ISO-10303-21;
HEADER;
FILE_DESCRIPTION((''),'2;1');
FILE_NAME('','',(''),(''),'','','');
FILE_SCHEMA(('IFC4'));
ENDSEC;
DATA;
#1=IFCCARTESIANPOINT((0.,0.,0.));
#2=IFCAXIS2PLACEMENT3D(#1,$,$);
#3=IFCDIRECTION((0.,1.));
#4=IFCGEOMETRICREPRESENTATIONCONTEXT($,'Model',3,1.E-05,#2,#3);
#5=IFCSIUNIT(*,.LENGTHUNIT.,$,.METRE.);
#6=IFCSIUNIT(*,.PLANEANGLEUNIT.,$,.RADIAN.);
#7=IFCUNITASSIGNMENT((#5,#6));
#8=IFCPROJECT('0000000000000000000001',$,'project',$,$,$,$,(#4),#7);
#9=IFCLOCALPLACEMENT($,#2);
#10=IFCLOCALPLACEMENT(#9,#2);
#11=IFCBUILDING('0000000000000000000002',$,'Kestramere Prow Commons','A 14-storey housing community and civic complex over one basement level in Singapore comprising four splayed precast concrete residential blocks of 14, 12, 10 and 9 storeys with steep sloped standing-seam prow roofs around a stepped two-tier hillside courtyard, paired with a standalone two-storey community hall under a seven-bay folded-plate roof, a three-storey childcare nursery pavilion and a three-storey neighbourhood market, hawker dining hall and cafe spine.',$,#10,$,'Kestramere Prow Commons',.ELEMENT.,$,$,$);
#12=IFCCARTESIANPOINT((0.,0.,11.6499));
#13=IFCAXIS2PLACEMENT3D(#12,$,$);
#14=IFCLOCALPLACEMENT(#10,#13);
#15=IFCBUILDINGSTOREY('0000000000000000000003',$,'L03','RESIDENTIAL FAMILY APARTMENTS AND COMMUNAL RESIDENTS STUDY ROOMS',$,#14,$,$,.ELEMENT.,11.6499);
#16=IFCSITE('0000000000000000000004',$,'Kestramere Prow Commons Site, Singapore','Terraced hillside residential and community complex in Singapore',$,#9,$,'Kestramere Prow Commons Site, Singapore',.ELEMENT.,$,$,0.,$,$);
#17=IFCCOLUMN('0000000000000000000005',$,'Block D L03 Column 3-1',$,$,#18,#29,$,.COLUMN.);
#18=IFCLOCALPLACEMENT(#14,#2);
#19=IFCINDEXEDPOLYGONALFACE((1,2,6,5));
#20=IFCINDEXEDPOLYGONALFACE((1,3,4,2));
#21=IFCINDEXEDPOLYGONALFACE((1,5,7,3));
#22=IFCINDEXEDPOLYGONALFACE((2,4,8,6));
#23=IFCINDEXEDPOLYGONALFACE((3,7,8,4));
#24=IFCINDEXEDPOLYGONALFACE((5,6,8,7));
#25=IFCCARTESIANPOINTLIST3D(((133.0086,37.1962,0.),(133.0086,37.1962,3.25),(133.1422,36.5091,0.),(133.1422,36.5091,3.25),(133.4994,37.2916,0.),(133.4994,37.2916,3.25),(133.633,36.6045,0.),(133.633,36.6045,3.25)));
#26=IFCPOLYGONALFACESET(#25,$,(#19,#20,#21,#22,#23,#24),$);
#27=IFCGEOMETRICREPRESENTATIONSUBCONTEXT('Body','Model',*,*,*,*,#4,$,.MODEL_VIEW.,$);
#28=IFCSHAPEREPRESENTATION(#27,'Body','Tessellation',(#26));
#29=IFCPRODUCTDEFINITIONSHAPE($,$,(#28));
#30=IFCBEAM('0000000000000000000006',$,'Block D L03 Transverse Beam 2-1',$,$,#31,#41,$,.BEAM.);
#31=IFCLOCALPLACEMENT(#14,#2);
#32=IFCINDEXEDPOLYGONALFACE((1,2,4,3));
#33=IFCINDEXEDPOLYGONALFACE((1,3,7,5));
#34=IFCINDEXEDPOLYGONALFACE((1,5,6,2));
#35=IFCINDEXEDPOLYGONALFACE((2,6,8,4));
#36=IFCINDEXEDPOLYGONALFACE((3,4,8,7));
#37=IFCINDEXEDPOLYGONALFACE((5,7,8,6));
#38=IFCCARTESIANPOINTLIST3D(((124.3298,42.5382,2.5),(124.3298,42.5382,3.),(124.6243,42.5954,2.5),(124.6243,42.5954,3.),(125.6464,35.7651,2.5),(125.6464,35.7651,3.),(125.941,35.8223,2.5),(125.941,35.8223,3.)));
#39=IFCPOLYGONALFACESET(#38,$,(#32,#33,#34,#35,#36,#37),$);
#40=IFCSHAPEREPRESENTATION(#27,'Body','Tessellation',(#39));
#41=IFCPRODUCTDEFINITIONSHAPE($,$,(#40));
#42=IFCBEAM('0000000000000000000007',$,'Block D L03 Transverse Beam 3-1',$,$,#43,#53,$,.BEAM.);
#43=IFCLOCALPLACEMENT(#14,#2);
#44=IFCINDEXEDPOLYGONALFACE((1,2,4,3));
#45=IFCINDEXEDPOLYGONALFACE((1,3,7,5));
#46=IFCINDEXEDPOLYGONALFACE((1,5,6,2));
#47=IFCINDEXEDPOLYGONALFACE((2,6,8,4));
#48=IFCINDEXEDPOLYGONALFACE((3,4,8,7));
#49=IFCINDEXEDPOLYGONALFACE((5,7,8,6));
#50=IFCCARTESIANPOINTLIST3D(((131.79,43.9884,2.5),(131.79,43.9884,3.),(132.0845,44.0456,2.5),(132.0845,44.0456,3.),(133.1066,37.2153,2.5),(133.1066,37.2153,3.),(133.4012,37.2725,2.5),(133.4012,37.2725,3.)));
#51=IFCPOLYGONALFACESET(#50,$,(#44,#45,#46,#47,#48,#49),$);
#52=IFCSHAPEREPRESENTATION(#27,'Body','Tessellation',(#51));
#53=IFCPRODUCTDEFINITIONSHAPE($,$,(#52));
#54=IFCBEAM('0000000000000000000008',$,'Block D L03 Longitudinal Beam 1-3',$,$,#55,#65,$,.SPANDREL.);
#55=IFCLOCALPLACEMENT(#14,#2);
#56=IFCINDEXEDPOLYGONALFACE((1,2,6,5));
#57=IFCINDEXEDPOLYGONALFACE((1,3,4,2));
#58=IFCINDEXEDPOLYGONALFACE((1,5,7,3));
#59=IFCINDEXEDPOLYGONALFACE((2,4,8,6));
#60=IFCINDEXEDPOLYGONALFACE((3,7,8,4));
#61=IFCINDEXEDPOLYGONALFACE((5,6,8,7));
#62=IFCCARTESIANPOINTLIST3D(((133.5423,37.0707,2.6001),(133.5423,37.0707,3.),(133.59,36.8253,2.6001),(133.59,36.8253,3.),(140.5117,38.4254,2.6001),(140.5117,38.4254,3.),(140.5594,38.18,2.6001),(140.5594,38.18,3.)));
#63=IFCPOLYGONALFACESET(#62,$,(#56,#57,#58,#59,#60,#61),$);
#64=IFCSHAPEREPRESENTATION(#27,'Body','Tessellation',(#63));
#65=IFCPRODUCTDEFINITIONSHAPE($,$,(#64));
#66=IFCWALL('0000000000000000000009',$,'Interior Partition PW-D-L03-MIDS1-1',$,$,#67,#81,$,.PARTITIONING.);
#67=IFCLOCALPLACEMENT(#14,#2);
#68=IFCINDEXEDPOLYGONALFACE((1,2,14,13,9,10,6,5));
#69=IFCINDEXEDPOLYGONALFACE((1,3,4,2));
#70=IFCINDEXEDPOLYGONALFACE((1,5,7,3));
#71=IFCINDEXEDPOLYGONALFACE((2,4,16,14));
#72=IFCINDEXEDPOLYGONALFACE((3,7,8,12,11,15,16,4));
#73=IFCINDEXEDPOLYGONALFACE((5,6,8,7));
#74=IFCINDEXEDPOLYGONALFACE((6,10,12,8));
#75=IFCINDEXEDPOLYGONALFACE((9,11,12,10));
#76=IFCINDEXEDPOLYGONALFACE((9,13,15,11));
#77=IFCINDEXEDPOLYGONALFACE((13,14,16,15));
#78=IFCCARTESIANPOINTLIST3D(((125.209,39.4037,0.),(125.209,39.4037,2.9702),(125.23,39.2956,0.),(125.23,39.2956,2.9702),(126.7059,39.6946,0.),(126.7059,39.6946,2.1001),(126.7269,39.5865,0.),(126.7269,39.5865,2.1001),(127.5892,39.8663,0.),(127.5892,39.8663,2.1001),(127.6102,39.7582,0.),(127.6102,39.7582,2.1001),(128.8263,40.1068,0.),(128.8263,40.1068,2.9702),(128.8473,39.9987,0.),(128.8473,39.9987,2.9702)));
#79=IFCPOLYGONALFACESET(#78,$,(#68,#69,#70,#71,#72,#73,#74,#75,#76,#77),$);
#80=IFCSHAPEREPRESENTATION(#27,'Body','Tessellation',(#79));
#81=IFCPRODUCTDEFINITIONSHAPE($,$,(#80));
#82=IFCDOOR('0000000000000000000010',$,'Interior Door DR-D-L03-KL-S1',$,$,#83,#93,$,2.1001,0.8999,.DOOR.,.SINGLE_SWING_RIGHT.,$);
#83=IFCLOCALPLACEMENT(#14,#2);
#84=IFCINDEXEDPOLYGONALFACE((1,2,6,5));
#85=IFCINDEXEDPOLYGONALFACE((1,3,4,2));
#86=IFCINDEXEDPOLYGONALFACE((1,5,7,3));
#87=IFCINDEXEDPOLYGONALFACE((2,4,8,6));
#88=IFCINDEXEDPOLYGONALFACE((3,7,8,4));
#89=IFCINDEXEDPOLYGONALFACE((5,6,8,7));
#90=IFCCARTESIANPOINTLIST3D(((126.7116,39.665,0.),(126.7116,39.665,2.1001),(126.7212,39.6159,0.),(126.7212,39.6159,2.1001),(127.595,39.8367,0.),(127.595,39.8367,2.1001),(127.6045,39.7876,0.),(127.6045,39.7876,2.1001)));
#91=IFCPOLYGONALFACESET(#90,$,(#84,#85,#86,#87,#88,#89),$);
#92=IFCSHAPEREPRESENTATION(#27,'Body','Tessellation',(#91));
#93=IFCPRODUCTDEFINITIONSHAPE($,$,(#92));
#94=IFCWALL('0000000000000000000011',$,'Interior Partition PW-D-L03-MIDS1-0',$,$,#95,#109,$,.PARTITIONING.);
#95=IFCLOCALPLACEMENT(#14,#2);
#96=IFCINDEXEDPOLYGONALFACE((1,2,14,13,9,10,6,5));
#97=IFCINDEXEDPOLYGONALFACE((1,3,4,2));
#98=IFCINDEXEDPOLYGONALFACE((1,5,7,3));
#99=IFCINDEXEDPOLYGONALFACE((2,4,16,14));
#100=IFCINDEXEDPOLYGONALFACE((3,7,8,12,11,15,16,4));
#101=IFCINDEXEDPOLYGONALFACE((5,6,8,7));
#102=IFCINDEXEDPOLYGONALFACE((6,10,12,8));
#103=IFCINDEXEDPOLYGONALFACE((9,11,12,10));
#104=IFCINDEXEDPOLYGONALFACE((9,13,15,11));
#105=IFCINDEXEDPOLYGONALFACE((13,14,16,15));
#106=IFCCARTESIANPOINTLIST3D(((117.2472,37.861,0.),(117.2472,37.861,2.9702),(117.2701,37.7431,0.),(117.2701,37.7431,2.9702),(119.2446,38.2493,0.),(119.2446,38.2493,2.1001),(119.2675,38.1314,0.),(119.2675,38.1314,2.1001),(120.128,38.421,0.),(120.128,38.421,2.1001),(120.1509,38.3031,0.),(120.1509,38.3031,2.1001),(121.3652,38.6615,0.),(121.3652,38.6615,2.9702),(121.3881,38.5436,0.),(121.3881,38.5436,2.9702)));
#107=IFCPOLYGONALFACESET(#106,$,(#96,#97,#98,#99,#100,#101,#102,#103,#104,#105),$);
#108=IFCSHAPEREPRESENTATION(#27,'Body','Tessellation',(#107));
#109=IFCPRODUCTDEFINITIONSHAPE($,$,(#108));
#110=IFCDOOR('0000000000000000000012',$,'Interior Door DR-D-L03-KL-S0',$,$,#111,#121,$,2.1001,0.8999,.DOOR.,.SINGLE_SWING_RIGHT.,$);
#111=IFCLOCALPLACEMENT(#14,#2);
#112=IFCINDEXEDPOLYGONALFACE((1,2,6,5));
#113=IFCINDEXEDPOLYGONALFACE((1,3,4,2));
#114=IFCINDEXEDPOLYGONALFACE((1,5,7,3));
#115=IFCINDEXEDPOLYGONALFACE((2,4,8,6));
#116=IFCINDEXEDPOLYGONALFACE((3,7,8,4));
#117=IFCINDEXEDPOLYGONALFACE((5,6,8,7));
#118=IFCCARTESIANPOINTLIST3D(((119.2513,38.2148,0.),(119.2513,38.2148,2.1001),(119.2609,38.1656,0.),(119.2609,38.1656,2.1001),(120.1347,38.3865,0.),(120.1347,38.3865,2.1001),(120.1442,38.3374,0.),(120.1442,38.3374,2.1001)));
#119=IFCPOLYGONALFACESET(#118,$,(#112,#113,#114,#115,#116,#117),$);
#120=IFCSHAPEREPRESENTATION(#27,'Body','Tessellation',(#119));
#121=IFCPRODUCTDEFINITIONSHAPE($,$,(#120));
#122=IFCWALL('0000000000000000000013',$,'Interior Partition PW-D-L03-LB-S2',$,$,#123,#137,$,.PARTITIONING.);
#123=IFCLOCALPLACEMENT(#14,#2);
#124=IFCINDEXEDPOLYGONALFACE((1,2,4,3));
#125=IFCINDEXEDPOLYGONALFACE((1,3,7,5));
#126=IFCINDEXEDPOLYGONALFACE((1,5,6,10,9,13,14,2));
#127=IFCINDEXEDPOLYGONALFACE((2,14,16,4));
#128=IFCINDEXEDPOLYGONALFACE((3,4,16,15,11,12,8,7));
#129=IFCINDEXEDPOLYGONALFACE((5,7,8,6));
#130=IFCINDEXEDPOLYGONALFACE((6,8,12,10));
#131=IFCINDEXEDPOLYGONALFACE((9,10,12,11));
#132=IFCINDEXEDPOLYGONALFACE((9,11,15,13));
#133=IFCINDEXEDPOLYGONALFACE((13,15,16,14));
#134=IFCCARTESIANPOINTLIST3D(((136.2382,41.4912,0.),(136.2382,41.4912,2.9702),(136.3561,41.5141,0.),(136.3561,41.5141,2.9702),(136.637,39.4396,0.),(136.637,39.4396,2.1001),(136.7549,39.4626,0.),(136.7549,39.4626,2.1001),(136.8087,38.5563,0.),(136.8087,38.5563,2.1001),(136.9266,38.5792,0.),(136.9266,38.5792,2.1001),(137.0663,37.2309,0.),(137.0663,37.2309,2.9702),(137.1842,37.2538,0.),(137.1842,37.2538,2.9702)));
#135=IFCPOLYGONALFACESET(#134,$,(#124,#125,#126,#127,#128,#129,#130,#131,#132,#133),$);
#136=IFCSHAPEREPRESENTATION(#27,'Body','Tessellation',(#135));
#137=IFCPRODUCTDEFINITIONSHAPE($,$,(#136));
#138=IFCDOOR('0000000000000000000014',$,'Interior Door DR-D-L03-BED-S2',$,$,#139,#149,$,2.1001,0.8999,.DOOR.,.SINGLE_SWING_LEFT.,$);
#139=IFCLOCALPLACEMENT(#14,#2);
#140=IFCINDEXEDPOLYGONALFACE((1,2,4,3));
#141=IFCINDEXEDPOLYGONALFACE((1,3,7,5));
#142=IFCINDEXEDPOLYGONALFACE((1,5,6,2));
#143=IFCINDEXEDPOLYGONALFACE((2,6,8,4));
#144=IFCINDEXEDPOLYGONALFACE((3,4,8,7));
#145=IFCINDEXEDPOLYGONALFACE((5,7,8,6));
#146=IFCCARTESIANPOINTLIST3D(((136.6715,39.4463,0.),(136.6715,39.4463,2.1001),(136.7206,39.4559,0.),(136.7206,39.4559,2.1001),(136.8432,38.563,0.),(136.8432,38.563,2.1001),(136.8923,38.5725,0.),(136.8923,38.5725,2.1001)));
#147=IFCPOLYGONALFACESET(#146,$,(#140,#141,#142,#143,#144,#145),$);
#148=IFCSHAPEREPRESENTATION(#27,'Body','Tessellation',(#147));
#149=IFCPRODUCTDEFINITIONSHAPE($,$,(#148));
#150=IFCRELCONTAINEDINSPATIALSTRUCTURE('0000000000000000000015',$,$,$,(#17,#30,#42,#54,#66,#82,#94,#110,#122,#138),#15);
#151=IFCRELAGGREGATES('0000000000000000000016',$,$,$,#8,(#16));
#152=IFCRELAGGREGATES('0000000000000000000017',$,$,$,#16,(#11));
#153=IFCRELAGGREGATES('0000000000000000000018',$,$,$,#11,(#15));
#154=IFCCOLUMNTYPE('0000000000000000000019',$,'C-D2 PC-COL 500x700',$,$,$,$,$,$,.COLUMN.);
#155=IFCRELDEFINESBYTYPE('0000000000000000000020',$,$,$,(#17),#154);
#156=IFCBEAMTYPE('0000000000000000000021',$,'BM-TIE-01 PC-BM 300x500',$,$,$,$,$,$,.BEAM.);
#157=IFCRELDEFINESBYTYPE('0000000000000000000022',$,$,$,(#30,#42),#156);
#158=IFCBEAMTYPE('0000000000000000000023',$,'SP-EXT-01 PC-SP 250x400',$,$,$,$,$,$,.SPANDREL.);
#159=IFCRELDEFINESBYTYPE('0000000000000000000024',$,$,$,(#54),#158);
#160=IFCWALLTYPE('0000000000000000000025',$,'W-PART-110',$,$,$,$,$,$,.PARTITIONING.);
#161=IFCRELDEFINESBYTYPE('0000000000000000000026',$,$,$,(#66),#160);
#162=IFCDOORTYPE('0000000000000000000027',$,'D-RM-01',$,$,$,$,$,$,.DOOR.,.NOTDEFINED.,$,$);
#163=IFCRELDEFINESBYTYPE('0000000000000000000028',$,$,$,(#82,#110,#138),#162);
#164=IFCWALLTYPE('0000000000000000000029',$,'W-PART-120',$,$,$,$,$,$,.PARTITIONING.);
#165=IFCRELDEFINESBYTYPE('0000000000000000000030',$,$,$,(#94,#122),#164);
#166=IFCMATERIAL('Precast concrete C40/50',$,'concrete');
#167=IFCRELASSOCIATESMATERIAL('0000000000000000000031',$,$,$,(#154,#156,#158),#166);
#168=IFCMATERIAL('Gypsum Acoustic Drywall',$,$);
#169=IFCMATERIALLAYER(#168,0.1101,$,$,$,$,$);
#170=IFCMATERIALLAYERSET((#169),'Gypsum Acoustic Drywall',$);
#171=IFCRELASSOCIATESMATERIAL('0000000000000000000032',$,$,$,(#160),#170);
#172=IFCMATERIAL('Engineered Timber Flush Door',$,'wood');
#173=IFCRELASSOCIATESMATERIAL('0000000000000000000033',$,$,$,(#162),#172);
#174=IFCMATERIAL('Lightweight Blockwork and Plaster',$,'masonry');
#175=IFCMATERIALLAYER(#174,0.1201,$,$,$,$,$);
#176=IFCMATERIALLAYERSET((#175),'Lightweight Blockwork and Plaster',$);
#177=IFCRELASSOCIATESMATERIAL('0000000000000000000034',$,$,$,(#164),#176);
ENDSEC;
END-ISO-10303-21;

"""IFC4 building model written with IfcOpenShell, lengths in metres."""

from ifc_helpers import new_model, si_unit, direction, frame, frame_2d, origin, origin_2d, place, context, subcontext, project, spatial, rectangle, extrude, material, layer, layer_set, material_profile, profile_set, type_object, element, fill, save


model = new_model("IFC4")

# Units and contexts
model_context = context("Model", 3, precision=1e-05, world=origin(), true_north=direction((0.0, 1.0)))
body_context = subcontext(model_context, "Body", "Model", "MODEL_VIEW")
ifc_project = project(units=[si_unit("LENGTHUNIT", "METRE"), si_unit("PLANEANGLEUNIT", "RADIAN")], contexts=[model_context])

# Site, building, storey
site_placement = place(None, origin())
site = spatial("IfcSite", under=ifc_project, at=site_placement, Name="Kestramere Prow Commons Site, Singapore", Description="Terraced hillside residential and community complex in Singapore", LongName="Kestramere Prow Commons Site, Singapore", CompositionType="ELEMENT", RefElevation=0.0)
building_placement = place(site_placement, origin())
building = spatial("IfcBuilding", under=site, at=building_placement, Name="Kestramere Prow Commons", Description="A 14-storey housing community and civic complex over one basement level in Singapore comprising four splayed precast concrete residential blocks of 14, 12, 10 and 9 storeys with steep sloped standing-seam prow roofs around a stepped two-tier hillside courtyard, paired with a standalone two-storey community hall under a seven-bay folded-plate roof, a three-storey childcare nursery pavilion and a three-storey neighbourhood market, hawker dining hall and cafe spine.", LongName="Kestramere Prow Commons", CompositionType="ELEMENT")
storey_placement = place(building_placement, frame((0.0, 0.0, 11.6499)))
storey = spatial("IfcBuildingStorey", under=building, at=storey_placement, Name="L03", Description="RESIDENTIAL FAMILY APARTMENTS AND COMMUNAL RESIDENTS STUDY ROOMS", CompositionType="ELEMENT", Elevation=11.6499)

# Column
ifc_material_1 = material(Name="Precast concrete C40/50", Category="concrete")
ifc_material_profile_1 = material_profile(ifc_material_1, rectangle(XDim=0.5, YDim=0.7, at=origin_2d()), Name="PC-COL 500x700")
ifc_profile_set_1 = profile_set([ifc_material_profile_1], Name="Precast concrete C40/50")
column_type = type_object("IfcColumnType", Name="C-D2 PC-COL 500x700", PredefinedType="COLUMN", material=ifc_profile_set_1)
column_placement = place(storey_placement, frame((133.3208, 36.9004, 0.0), z_axis=(0.0, 0.0, 1.0), x_axis=(0.981627, 0.190809, 0.0)))
element("IfcColumn", 1, at=column_placement, inside=storey, type_object=column_type, Name="Block D L03 Column 3-1", PredefinedType="COLUMN", context=body_context, shape_type="SweptSolid", body=[
    extrude(rectangle(XDim=0.5, YDim=0.7, at=origin_2d()), origin(), (0.0, 0.0, 1.0), 3.25),
])

# Beams
ifc_material_profile_2 = material_profile(ifc_material_1, rectangle(XDim=0.3, YDim=0.5, at=origin_2d()), Name="PC-BM 300x500")
ifc_profile_set_2 = profile_set([ifc_material_profile_2], Name="Precast concrete C40/50")
beam_type_1 = type_object("IfcBeamType", Name="BM-TIE-01 PC-BM 300x500", PredefinedType="BEAM", material=ifc_profile_set_2)
for number, where, z_axis, x_axis, name in (
    (2, (125.7937, 35.7937, 2.75), (-0.190819, 0.981625, 0.0), (-0.981625, -0.190819, 0.0), "Block D L03 Transverse Beam 2-1"),
    (3, (133.2539, 37.2439, 2.75), (-0.190819, 0.981625, 0.0), (-0.981625, -0.190819, 0.0), "Block D L03 Transverse Beam 3-1"),
):
    element("IfcBeam", number, at=place(storey_placement, frame(where, z_axis=z_axis, x_axis=x_axis)), inside=storey, type_object=beam_type_1, Name=name, PredefinedType="BEAM", context=body_context, shape_type="SweptSolid", body=[
        extrude(rectangle(XDim=0.3, YDim=0.5, at=origin_2d()), origin(), (0.0, 0.0, 1.0), 6.8999),
    ])
ifc_material_profile_3 = material_profile(ifc_material_1, rectangle(XDim=0.25, YDim=0.3999, at=origin_2d()), Name="PC-SP 250x400")
ifc_profile_set_3 = profile_set([ifc_material_profile_3], Name="Precast concrete C40/50")
beam_type_2 = type_object("IfcBeamType", Name="SP-EXT-01 PC-SP 250x400", PredefinedType="SPANDREL", material=ifc_profile_set_3)
beam_placement = place(storey_placement, frame((133.5662, 36.948, 2.8), z_axis=(0.981627, 0.19081, 0.0), x_axis=(-0.19081, 0.981627, 0.0)))
element("IfcBeam", 4, at=beam_placement, inside=storey, type_object=beam_type_2, Name="Block D L03 Longitudinal Beam 1-3", PredefinedType="SPANDREL", context=body_context, shape_type="SweptSolid", body=[
    extrude(rectangle(XDim=0.25, YDim=0.3999, at=origin_2d()), origin(), (0.0, 0.0, 1.0), 7.0999),
])

# Walls, openings, doors
ifc_material_2 = material(Name="Gypsum Acoustic Drywall")
ifc_layer_1 = layer(ifc_material_2, 0.1101)
ifc_layer_set_1 = layer_set([ifc_layer_1], Name="Gypsum Acoustic Drywall")
wall_type_1 = type_object("IfcWallType", Name="W-PART-110", PredefinedType="PARTITIONING", material=ifc_layer_set_1)
wall_1_placement = place(storey_placement, frame((125.2195, 39.3496, 0.0), z_axis=(0.0, 0.0, 1.0), x_axis=(0.981629, 0.190801, 0.0)))
wall_1 = element("IfcWall", 5, at=wall_1_placement, inside=storey, type_object=wall_type_1, Name="Interior Partition PW-D-L03-MIDS1-1", PredefinedType="PARTITIONING", context=body_context, shape_type="SweptSolid", body=[
    extrude(rectangle(XDim=3.6851, YDim=0.1101, at=frame_2d((1.8425, 0.0))), origin(), (0.0, 0.0, 1.0), 2.9702),
])
opening_1_placement = place(wall_1_placement, frame((1.5249, 0.0, 0.0)))
opening_1 = element("IfcOpeningElement", 6, at=opening_1_placement, cuts=wall_1, PredefinedType="OPENING", context=body_context, shape_type="SweptSolid", body=[
    extrude(rectangle(XDim=0.8999, YDim=2.1001, at=frame_2d((0.45, 1.05))), frame((0.0, 0.0701, 0.0), z_axis=(0.0, -1.0, 0.0), x_axis=(1.0, 0.0, 0.0)), (0.0, 0.0, 1.0), 0.1401),
])
ifc_material_3 = material(Name="Engineered Timber Flush Door", Category="wood")
door_type_1 = type_object("IfcDoorType", Name="D-RM-01", OperationType="NOTDEFINED", PredefinedType="DOOR", material=ifc_material_3)
door_1_placement = place(opening_1_placement, origin())
door_1 = element("IfcDoor", 7, at=door_1_placement, inside=storey, type_object=door_type_1, Name="Interior Door DR-D-L03-KL-S1", OperationType="SINGLE_SWING_RIGHT", OverallHeight=2.1001, OverallWidth=0.8999, PredefinedType="DOOR", context=body_context, shape_type="SweptSolid", body=[
    extrude(rectangle(XDim=0.8999, YDim=2.1001, at=frame_2d((0.45, 1.05))), frame((0.0, 0.0249, 0.0), z_axis=(0.0, -1.0, 0.0), x_axis=(1.0, 0.0, 0.0)), (0.0, 0.0, 1.0), 0.05),
])
fill(opening_1, door_1)
ifc_material_4 = material(Name="Lightweight Blockwork and Plaster", Category="masonry")
ifc_layer_2 = layer(ifc_material_4, 0.1201)
ifc_layer_set_2 = layer_set([ifc_layer_2], Name="Lightweight Blockwork and Plaster")
wall_type_2 = type_object("IfcWallType", Name="W-PART-120", PredefinedType="PARTITIONING", material=ifc_layer_set_2)
wall_2_placement = place(storey_placement, frame((117.2585, 37.802, 0.0), z_axis=(0.0, 0.0, 1.0), x_axis=(0.981623, 0.190831, 0.0)))
wall_2 = element("IfcWall", 8, at=wall_2_placement, inside=storey, type_object=wall_type_2, Name="Interior Partition PW-D-L03-MIDS1-0", PredefinedType="PARTITIONING", context=body_context, shape_type="SweptSolid", body=[
    extrude(rectangle(XDim=4.1951, YDim=0.1201, at=frame_2d((2.0977, 0.0))), origin(), (0.0, 0.0, 1.0), 2.9702),
])
opening_2_placement = place(wall_2_placement, frame((2.0349, 0.0, 0.0)))
opening_2 = element("IfcOpeningElement", 9, at=opening_2_placement, cuts=wall_2, PredefinedType="OPENING", context=body_context, shape_type="SweptSolid", body=[
    extrude(rectangle(XDim=0.8999, YDim=2.1001, at=frame_2d((0.45, 1.05))), frame((0.0, 0.075, 0.0), z_axis=(0.0, -1.0, 0.0), x_axis=(1.0, 0.0, 0.0)), (0.0, 0.0, 1.0), 0.1501),
])
door_2_placement = place(opening_2_placement, origin())
door_2 = element("IfcDoor", 10, at=door_2_placement, inside=storey, type_object=door_type_1, Name="Interior Door DR-D-L03-KL-S0", OperationType="SINGLE_SWING_RIGHT", OverallHeight=2.1001, OverallWidth=0.8999, PredefinedType="DOOR", context=body_context, shape_type="SweptSolid", body=[
    extrude(rectangle(XDim=0.8999, YDim=2.1001, at=frame_2d((0.45, 1.05))), frame((0.0, 0.0249, 0.0), z_axis=(0.0, -1.0, 0.0), x_axis=(1.0, 0.0, 0.0)), (0.0, 0.0, 1.0), 0.05),
])
fill(opening_2, door_2)
wall_3_placement = place(storey_placement, frame((137.1252, 37.2424, 0.0), z_axis=(0.0, 0.0, 1.0), x_axis=(-0.190812, 0.981627, 0.0)))
wall_3 = element("IfcWall", 11, at=wall_3_placement, inside=storey, type_object=wall_type_2, Name="Interior Partition PW-D-L03-LB-S2", PredefinedType="PARTITIONING", context=body_context, shape_type="SweptSolid", body=[
    extrude(rectangle(XDim=4.3401, YDim=0.1201, at=frame_2d((2.1699, 0.0))), origin(), (0.0, 0.0, 1.0), 2.9702),
])
opening_3_placement = place(wall_3_placement, frame((1.3501, 0.0, 0.0)))
opening_3 = element("IfcOpeningElement", 12, at=opening_3_placement, cuts=wall_3, PredefinedType="OPENING", context=body_context, shape_type="SweptSolid", body=[
    extrude(rectangle(XDim=0.8999, YDim=2.1001, at=frame_2d((0.45, 1.05))), frame((0.0, 0.075, 0.0), z_axis=(0.0, -1.0, 0.0), x_axis=(1.0, 0.0, 0.0)), (0.0, 0.0, 1.0), 0.1501),
])
door_3_placement = place(opening_3_placement, origin())
door_3 = element("IfcDoor", 13, at=door_3_placement, inside=storey, type_object=door_type_1, Name="Interior Door DR-D-L03-BED-S2", OperationType="SINGLE_SWING_LEFT", OverallHeight=2.1001, OverallWidth=0.8999, PredefinedType="DOOR", context=body_context, shape_type="SweptSolid", body=[
    extrude(rectangle(XDim=0.8999, YDim=2.1001, at=frame_2d((0.45, 1.05))), frame((0.0, 0.0249, 0.0), z_axis=(0.0, -1.0, 0.0), x_axis=(1.0, 0.0, 0.0)), (0.0, 0.0, 1.0), 0.05),
])
fill(opening_3, door_3)

save(model, "model.ifc")
